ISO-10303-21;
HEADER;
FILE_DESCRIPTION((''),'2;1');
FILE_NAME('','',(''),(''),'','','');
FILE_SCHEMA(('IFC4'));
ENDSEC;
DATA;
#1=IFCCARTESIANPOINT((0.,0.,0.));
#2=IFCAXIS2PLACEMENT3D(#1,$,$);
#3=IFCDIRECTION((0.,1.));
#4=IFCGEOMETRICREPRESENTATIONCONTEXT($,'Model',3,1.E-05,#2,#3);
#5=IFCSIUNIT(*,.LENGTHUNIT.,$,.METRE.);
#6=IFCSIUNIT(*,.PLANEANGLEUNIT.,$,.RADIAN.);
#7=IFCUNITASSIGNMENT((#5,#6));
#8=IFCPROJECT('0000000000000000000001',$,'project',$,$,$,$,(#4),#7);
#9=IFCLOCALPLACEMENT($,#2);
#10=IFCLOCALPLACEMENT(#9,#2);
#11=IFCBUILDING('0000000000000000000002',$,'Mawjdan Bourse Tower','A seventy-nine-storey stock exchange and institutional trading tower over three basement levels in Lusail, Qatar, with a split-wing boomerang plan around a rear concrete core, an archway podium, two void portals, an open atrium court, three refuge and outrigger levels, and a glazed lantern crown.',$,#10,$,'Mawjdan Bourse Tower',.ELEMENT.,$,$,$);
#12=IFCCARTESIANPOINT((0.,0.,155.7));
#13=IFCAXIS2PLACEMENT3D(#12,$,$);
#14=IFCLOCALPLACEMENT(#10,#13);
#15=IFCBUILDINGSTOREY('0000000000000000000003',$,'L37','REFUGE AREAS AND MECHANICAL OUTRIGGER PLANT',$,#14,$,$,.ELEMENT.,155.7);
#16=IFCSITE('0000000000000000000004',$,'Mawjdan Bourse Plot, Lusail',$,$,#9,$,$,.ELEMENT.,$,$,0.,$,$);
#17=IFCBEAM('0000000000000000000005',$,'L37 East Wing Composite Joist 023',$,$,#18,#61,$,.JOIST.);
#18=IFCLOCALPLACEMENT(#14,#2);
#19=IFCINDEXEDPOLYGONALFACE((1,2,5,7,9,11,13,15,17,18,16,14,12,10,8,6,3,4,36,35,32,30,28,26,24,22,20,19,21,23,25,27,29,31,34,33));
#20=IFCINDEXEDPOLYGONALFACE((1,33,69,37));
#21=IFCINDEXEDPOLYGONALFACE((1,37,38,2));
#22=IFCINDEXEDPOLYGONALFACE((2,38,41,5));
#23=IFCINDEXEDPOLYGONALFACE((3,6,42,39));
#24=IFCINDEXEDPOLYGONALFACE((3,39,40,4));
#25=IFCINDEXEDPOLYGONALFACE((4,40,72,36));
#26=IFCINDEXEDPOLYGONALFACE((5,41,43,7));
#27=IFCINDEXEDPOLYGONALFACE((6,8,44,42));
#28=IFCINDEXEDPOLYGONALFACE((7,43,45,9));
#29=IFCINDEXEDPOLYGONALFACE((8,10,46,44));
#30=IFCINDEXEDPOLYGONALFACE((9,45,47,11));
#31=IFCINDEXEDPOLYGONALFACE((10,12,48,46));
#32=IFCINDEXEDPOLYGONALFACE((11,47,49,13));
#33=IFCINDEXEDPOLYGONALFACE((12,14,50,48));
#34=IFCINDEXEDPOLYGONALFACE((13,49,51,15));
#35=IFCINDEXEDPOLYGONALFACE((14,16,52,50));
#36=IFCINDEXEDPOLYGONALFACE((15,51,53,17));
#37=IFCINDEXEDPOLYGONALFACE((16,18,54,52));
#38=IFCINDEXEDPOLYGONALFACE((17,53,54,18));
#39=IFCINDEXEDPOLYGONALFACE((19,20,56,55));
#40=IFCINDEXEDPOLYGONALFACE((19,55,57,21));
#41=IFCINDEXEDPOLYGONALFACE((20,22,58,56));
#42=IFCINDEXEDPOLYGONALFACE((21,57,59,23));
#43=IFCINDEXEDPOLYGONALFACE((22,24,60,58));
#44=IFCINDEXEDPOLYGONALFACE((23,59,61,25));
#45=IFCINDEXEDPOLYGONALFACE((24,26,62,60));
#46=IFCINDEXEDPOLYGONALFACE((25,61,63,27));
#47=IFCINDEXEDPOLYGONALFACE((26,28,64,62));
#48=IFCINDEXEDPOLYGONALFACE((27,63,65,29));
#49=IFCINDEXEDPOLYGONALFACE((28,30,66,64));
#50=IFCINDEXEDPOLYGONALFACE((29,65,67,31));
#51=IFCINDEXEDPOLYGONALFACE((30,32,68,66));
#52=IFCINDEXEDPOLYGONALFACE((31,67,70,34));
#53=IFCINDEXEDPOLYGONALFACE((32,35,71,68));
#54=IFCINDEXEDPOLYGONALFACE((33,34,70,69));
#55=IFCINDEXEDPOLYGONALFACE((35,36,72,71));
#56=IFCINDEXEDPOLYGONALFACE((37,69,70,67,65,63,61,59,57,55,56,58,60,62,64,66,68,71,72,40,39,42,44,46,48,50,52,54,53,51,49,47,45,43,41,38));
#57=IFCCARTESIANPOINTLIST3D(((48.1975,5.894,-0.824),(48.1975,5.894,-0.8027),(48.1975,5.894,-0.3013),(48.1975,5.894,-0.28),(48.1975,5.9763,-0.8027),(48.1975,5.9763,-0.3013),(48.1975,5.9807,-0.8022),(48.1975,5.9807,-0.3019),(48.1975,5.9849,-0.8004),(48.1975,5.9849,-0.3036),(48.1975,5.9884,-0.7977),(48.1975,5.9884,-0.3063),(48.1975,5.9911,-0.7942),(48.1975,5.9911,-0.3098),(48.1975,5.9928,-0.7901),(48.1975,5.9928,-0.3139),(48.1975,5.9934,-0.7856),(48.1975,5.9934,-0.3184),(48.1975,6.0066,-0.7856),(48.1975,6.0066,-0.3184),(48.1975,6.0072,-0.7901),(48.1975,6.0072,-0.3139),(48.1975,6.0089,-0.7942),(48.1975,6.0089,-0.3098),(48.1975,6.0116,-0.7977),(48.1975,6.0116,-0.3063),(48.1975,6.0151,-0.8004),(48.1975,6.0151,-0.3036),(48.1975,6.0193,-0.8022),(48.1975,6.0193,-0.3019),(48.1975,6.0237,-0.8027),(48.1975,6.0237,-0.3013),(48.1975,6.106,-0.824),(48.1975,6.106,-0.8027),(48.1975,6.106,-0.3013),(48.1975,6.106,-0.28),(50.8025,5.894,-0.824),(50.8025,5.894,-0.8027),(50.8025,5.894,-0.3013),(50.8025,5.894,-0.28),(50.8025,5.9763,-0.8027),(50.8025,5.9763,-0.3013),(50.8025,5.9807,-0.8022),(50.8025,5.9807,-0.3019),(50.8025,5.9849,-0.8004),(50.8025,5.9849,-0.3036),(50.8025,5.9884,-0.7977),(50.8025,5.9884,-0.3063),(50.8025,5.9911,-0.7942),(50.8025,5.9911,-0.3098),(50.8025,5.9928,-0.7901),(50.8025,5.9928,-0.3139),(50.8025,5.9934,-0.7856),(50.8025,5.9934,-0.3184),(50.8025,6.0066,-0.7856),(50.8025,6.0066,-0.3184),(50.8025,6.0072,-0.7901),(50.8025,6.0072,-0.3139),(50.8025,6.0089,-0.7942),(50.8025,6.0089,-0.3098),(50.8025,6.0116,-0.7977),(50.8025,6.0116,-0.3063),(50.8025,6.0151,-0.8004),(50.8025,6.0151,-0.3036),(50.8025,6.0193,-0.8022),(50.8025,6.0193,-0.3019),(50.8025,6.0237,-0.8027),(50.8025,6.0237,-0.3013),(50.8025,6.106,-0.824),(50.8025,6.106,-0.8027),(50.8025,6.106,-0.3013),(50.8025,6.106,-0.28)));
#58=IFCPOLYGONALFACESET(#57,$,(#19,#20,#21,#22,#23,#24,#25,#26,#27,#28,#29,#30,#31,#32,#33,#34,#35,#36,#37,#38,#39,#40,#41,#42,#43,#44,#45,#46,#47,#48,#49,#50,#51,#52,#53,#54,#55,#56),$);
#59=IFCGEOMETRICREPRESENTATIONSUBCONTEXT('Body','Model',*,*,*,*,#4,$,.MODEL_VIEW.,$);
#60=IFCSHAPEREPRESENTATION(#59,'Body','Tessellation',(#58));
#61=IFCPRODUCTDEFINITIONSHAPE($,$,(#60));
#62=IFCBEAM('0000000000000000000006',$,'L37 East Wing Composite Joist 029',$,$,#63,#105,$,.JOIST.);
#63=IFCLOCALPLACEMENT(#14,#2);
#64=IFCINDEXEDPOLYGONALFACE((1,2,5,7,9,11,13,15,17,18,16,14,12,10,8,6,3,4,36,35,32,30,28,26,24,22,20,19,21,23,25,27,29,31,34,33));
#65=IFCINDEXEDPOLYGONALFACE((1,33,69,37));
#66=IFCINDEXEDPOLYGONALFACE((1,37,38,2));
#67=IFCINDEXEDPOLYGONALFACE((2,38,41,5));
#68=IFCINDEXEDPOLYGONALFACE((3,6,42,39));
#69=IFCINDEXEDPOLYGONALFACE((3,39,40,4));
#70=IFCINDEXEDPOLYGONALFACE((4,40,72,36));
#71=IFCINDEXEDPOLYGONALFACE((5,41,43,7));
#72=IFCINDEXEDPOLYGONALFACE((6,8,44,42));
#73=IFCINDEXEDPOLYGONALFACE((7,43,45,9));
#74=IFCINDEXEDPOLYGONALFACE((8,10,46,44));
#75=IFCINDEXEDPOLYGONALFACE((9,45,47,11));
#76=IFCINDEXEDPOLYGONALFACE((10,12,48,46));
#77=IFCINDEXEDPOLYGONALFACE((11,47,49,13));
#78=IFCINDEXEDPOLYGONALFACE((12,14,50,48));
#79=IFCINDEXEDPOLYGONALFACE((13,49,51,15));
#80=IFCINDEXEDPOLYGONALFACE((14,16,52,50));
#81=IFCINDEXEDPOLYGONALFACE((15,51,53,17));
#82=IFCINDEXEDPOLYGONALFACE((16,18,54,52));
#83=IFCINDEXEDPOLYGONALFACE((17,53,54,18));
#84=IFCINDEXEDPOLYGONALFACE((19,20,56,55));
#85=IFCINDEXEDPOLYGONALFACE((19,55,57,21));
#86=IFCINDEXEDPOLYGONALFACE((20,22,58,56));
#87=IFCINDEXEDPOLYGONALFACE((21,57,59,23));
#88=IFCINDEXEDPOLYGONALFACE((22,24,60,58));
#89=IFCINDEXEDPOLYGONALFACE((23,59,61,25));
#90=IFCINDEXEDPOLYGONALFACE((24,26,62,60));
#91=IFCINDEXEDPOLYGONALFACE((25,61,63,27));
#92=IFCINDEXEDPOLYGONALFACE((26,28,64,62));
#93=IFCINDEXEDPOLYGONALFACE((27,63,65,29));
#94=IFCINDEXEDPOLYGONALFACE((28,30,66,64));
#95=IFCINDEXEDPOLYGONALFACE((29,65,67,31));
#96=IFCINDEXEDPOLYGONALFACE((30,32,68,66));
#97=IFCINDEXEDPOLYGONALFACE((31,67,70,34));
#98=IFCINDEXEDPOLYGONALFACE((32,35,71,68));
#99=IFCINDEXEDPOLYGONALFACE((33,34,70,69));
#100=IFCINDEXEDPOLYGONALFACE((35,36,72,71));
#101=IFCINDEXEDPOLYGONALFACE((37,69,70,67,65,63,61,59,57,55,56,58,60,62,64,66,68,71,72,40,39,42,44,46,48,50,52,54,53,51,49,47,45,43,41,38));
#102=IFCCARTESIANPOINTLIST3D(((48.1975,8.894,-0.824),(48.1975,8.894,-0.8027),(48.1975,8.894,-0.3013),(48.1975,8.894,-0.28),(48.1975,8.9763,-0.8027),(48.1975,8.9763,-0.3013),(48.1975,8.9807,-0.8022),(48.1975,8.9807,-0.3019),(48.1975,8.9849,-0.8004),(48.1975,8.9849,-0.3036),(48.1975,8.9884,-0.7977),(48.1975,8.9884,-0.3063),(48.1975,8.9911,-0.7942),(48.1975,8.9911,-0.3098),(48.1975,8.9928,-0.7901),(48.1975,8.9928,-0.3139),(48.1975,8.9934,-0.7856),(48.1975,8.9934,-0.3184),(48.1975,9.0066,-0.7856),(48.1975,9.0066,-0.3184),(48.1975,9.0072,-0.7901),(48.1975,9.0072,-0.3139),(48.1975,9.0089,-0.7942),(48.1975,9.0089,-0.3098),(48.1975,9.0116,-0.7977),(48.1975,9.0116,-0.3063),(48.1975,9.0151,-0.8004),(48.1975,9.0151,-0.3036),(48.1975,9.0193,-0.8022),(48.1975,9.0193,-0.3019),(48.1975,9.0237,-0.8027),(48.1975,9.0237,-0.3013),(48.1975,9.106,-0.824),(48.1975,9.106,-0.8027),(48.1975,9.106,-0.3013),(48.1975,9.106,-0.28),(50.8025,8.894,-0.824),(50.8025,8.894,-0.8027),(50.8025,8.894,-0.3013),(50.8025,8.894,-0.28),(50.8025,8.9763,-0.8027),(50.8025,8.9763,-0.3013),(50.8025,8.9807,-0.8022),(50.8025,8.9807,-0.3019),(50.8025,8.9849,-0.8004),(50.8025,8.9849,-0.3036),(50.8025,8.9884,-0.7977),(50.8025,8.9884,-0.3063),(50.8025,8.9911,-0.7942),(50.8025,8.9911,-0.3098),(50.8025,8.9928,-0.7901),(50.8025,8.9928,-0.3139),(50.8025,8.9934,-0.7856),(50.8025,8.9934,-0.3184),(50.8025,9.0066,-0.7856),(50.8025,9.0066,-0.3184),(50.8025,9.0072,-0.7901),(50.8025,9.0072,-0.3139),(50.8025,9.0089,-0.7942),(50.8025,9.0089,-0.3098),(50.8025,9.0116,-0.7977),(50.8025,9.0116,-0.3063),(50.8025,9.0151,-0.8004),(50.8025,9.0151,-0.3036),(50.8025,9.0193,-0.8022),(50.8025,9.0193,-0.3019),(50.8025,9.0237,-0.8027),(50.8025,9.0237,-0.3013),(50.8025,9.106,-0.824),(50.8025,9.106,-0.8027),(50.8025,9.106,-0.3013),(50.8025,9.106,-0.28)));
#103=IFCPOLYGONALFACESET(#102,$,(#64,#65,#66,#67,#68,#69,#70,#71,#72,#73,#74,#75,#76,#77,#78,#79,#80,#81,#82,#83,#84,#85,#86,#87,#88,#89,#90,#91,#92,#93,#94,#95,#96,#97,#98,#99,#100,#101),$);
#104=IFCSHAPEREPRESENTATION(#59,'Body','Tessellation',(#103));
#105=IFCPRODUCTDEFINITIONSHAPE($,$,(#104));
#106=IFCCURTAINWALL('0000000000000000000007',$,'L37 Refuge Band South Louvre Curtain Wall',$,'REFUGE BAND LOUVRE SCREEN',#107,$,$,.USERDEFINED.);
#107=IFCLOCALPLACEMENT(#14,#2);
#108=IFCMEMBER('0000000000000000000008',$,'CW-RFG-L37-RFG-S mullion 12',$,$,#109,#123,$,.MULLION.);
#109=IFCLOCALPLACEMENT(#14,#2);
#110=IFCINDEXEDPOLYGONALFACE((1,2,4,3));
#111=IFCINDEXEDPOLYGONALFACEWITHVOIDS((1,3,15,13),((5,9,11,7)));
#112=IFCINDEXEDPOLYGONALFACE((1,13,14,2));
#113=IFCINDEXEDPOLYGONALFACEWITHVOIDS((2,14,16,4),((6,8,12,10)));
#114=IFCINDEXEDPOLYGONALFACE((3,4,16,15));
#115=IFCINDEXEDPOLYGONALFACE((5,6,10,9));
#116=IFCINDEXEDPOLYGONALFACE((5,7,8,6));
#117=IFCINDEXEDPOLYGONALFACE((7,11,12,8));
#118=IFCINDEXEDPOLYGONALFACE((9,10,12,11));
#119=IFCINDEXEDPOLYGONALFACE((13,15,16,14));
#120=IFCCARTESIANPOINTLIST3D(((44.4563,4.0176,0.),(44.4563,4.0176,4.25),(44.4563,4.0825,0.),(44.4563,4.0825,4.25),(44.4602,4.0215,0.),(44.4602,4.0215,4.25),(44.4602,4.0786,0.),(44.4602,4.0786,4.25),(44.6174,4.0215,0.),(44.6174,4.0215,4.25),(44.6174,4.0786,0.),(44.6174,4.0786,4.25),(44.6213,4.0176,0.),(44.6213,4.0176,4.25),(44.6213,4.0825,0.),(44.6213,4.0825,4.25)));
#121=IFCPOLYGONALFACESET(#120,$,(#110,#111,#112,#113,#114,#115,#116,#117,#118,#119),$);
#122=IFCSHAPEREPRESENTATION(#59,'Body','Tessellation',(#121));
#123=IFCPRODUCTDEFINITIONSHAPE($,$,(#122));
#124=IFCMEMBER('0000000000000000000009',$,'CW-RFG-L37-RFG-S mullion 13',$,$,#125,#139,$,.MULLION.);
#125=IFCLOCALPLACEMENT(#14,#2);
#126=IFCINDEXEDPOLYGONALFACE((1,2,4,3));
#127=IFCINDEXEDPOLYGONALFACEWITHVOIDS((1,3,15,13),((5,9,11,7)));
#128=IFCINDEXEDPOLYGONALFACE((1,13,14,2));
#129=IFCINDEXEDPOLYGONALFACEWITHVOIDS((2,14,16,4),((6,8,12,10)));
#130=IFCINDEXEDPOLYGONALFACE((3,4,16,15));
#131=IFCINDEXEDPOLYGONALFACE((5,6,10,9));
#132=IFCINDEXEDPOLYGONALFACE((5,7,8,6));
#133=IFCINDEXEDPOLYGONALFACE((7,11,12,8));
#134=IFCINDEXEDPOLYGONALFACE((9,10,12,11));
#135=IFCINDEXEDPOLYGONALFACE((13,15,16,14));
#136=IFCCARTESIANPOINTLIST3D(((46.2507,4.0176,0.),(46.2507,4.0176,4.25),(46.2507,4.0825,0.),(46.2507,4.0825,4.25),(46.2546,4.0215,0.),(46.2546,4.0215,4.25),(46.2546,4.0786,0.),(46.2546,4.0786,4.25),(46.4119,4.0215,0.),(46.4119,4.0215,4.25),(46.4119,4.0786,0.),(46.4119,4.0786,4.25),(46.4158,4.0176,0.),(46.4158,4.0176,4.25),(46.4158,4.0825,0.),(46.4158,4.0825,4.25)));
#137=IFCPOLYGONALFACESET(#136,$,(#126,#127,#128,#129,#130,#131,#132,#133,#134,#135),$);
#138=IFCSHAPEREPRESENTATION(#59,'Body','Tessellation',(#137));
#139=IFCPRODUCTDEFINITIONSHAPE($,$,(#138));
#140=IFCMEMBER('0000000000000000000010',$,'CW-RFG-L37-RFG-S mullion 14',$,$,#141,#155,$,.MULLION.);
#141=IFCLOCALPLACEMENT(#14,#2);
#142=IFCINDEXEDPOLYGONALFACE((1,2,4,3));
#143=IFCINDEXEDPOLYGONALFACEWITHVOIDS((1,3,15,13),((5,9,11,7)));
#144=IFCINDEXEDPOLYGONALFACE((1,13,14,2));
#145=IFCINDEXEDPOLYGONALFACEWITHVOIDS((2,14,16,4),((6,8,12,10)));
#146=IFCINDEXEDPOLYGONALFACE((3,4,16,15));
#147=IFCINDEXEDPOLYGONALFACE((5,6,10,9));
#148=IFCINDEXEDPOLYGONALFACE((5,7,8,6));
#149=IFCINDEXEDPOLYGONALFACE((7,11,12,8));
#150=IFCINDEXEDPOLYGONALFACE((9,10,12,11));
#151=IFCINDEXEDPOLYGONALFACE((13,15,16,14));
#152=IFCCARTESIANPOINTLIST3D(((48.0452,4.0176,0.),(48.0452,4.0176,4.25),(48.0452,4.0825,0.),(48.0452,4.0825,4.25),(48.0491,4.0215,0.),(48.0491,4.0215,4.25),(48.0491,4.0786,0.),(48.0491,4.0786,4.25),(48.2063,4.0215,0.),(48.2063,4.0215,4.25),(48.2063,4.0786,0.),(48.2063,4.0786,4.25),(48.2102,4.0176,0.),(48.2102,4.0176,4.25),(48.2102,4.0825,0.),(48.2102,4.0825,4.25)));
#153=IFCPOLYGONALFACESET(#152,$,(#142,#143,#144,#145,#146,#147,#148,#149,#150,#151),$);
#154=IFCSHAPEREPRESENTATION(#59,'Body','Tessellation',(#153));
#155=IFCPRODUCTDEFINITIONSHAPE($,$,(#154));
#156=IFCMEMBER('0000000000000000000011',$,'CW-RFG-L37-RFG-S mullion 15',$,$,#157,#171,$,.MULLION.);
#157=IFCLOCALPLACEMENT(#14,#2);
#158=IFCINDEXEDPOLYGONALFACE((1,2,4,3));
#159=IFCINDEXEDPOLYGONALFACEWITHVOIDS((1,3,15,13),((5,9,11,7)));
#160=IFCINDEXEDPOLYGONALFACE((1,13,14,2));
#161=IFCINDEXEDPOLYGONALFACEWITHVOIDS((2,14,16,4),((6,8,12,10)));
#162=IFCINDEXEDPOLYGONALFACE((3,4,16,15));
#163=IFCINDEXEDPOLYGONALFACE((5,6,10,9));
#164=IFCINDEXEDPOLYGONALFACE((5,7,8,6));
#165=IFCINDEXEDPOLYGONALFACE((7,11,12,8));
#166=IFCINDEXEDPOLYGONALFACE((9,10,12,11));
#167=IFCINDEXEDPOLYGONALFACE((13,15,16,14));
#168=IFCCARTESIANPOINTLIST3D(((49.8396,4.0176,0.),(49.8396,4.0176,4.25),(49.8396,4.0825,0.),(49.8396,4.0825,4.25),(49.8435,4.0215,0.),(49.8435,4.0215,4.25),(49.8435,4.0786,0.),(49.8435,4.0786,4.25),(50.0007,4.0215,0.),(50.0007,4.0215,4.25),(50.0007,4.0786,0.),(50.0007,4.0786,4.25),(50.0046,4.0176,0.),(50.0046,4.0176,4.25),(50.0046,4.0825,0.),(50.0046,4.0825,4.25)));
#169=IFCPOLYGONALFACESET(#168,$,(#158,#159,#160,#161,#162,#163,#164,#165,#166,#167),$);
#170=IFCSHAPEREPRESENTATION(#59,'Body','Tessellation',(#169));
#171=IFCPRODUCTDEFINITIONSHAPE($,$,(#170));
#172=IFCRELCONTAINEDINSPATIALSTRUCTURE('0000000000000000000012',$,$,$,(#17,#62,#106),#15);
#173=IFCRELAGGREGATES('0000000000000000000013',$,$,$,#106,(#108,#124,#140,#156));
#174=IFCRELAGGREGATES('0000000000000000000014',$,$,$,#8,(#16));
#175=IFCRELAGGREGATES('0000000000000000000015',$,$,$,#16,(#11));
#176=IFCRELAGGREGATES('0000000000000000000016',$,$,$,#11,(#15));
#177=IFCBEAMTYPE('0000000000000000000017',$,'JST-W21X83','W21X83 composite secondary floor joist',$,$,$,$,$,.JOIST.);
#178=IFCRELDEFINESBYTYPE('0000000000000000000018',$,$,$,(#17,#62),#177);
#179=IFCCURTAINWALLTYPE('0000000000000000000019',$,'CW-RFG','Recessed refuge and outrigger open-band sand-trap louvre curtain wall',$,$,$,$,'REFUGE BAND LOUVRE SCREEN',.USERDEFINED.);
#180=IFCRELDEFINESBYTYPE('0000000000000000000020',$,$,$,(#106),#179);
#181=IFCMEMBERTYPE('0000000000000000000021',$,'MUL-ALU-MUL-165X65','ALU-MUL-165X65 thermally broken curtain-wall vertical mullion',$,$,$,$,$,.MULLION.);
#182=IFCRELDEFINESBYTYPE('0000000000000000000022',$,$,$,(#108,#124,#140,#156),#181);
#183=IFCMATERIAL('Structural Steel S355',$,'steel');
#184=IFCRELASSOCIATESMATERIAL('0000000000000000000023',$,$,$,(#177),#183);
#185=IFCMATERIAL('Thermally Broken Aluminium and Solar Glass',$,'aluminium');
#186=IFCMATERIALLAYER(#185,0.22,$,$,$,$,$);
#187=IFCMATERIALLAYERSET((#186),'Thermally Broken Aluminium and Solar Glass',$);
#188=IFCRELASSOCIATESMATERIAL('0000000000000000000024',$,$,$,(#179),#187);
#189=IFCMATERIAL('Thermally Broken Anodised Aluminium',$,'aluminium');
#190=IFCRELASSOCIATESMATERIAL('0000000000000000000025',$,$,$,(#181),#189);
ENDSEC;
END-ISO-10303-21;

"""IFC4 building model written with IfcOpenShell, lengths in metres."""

from ifc_helpers import new_model, si_unit, direction, frame, origin, origin_2d, place, context, subcontext, project, spatial, hollow_rectangle, i_section, extrude, material, layer, layer_set, material_profile, profile_set, type_object, element, aggregate, save


model = new_model("IFC4")

# Units and contexts
model_context = context("Model", 3, precision=1e-05, world=origin(), true_north=direction((0.0, 1.0)))
body_context = subcontext(model_context, "Body", "Model", "MODEL_VIEW")
ifc_project = project(units=[si_unit("LENGTHUNIT", "METRE"), si_unit("PLANEANGLEUNIT", "RADIAN")], contexts=[model_context])

# Site, building, storey
site_placement = place(None, origin())
site = spatial("IfcSite", under=ifc_project, at=site_placement, Name="Mawjdan Bourse Plot, Lusail", CompositionType="ELEMENT", RefElevation=0.0)
building_placement = place(site_placement, origin())
building = spatial("IfcBuilding", under=site, at=building_placement, Name="Mawjdan Bourse Tower", Description="A seventy-nine-storey stock exchange and institutional trading tower over three basement levels in Lusail, Qatar, with a split-wing boomerang plan around a rear concrete core, an archway podium, two void portals, an open atrium court, three refuge and outrigger levels, and a glazed lantern crown.", LongName="Mawjdan Bourse Tower", CompositionType="ELEMENT")
storey_placement = place(building_placement, frame((0.0, 0.0, 155.7)))
storey = spatial("IfcBuildingStorey", under=building, at=storey_placement, Name="L37", Description="REFUGE AREAS AND MECHANICAL OUTRIGGER PLANT", CompositionType="ELEMENT", Elevation=155.7)

# Beams
ifc_material_1 = material(Name="Structural Steel S355", Category="steel")
ifc_material_profile_1 = material_profile(ifc_material_1, i_section(OverallWidth=0.2119, OverallDepth=0.5439, WebThickness=0.0132, FlangeThickness=0.0212, FilletRadius=0.0171, at=origin_2d()), Name="W21X83")
ifc_profile_set_1 = profile_set([ifc_material_profile_1], Name="Structural Steel S355")
beam_type_1 = type_object("IfcBeamType", Name="JST-W21X83", Description="W21X83 composite secondary floor joist", PredefinedType="JOIST", material=ifc_profile_set_1)
for number, where, z_axis, x_axis, name in (
    (1, (48.1975, 6.0, -0.552), (1.0, 0.0, 0.0), (0.0, 1.0, 0.0), "L37 East Wing Composite Joist 023"),
    (2, (48.1975, 9.0, -0.552), (1.0, 0.0, 0.0), (0.0, 1.0, 0.0), "L37 East Wing Composite Joist 029"),
):
    element("IfcBeam", number, at=place(storey_placement, frame(where, z_axis=z_axis, x_axis=x_axis)), inside=storey, type_object=beam_type_1, Name=name, PredefinedType="JOIST", context=body_context, shape_type="SweptSolid", body=[
        extrude(i_section(OverallWidth=0.2119, OverallDepth=0.5439, WebThickness=0.0132, FlangeThickness=0.0212, FilletRadius=0.0171, at=origin_2d()), origin(), (0.0, 0.0, 1.0), 2.605),
    ])

# Curtain wall, members
ifc_material_2 = material(Name="Thermally Broken Aluminium and Solar Glass", Category="aluminium")
ifc_layer_1 = layer(ifc_material_2, 0.22)
ifc_layer_set_1 = layer_set([ifc_layer_1], Name="Thermally Broken Aluminium and Solar Glass")
curtain_wall_type = type_object("IfcCurtainWallType", Name="CW-RFG", Description="Recessed refuge and outrigger open-band sand-trap louvre curtain wall", ElementType="REFUGE BAND LOUVRE SCREEN", PredefinedType="USERDEFINED", material=ifc_layer_set_1)
curtain_wall_placement = place(storey_placement, origin())
curtain_wall = element("IfcCurtainWall", 3, at=curtain_wall_placement, inside=storey, type_object=curtain_wall_type, Name="L37 Refuge Band South Louvre Curtain Wall", ObjectType="REFUGE BAND LOUVRE SCREEN", PredefinedType="USERDEFINED")
ifc_material_3 = material(Name="Thermally Broken Anodised Aluminium", Category="aluminium")
ifc_material_profile_2 = material_profile(ifc_material_3, hollow_rectangle(XDim=0.0649, YDim=0.165, WallThickness=0.0039, at=origin_2d()), Name="ALU-MUL-165X65")
ifc_profile_set_2 = profile_set([ifc_material_profile_2], Name="Thermally Broken Anodised Aluminium")
member_type_1 = type_object("IfcMemberType", Name="MUL-ALU-MUL-165X65", Description="ALU-MUL-165X65 thermally broken curtain-wall vertical mullion", PredefinedType="MULLION", material=ifc_profile_set_2)
member_1_placement = place(storey_placement, frame((44.5388, 4.05, 0.0), z_axis=(0.0, 0.0, 1.0), x_axis=(0.0, 1.0, 0.0)))
member_1 = element("IfcMember", 4, at=member_1_placement, type_object=member_type_1, Name="CW-RFG-L37-RFG-S mullion 12", PredefinedType="MULLION", context=body_context, shape_type="SweptSolid", body=[
    extrude(hollow_rectangle(XDim=0.0649, YDim=0.165, WallThickness=0.0039, at=origin_2d()), origin(), (0.0, 0.0, 1.0), 4.25),
])
member_2_placement = place(storey_placement, frame((46.3333, 4.05, 0.0), z_axis=(0.0, 0.0, 1.0), x_axis=(0.0, 1.0, 0.0)))
member_2 = element("IfcMember", 5, at=member_2_placement, type_object=member_type_1, Name="CW-RFG-L37-RFG-S mullion 13", PredefinedType="MULLION", context=body_context, shape_type="SweptSolid", body=[
    extrude(hollow_rectangle(XDim=0.0649, YDim=0.165, WallThickness=0.0039, at=origin_2d()), origin(), (0.0, 0.0, 1.0), 4.25),
])
member_3_placement = place(storey_placement, frame((48.1277, 4.05, 0.0), z_axis=(0.0, 0.0, 1.0), x_axis=(0.0, 1.0, 0.0)))
member_3 = element("IfcMember", 6, at=member_3_placement, type_object=member_type_1, Name="CW-RFG-L37-RFG-S mullion 14", PredefinedType="MULLION", context=body_context, shape_type="SweptSolid", body=[
    extrude(hollow_rectangle(XDim=0.0649, YDim=0.165, WallThickness=0.0039, at=origin_2d()), origin(), (0.0, 0.0, 1.0), 4.25),
])
member_4_placement = place(storey_placement, frame((49.9221, 4.05, 0.0), z_axis=(0.0, 0.0, 1.0), x_axis=(0.0, 1.0, 0.0)))
member_4 = element("IfcMember", 7, at=member_4_placement, type_object=member_type_1, Name="CW-RFG-L37-RFG-S mullion 15", PredefinedType="MULLION", context=body_context, shape_type="SweptSolid", body=[
    extrude(hollow_rectangle(XDim=0.0649, YDim=0.165, WallThickness=0.0039, at=origin_2d()), origin(), (0.0, 0.0, 1.0), 4.25),
])

aggregate(curtain_wall, [member_1, member_2, member_3, member_4])

save(model, "model.ifc")
